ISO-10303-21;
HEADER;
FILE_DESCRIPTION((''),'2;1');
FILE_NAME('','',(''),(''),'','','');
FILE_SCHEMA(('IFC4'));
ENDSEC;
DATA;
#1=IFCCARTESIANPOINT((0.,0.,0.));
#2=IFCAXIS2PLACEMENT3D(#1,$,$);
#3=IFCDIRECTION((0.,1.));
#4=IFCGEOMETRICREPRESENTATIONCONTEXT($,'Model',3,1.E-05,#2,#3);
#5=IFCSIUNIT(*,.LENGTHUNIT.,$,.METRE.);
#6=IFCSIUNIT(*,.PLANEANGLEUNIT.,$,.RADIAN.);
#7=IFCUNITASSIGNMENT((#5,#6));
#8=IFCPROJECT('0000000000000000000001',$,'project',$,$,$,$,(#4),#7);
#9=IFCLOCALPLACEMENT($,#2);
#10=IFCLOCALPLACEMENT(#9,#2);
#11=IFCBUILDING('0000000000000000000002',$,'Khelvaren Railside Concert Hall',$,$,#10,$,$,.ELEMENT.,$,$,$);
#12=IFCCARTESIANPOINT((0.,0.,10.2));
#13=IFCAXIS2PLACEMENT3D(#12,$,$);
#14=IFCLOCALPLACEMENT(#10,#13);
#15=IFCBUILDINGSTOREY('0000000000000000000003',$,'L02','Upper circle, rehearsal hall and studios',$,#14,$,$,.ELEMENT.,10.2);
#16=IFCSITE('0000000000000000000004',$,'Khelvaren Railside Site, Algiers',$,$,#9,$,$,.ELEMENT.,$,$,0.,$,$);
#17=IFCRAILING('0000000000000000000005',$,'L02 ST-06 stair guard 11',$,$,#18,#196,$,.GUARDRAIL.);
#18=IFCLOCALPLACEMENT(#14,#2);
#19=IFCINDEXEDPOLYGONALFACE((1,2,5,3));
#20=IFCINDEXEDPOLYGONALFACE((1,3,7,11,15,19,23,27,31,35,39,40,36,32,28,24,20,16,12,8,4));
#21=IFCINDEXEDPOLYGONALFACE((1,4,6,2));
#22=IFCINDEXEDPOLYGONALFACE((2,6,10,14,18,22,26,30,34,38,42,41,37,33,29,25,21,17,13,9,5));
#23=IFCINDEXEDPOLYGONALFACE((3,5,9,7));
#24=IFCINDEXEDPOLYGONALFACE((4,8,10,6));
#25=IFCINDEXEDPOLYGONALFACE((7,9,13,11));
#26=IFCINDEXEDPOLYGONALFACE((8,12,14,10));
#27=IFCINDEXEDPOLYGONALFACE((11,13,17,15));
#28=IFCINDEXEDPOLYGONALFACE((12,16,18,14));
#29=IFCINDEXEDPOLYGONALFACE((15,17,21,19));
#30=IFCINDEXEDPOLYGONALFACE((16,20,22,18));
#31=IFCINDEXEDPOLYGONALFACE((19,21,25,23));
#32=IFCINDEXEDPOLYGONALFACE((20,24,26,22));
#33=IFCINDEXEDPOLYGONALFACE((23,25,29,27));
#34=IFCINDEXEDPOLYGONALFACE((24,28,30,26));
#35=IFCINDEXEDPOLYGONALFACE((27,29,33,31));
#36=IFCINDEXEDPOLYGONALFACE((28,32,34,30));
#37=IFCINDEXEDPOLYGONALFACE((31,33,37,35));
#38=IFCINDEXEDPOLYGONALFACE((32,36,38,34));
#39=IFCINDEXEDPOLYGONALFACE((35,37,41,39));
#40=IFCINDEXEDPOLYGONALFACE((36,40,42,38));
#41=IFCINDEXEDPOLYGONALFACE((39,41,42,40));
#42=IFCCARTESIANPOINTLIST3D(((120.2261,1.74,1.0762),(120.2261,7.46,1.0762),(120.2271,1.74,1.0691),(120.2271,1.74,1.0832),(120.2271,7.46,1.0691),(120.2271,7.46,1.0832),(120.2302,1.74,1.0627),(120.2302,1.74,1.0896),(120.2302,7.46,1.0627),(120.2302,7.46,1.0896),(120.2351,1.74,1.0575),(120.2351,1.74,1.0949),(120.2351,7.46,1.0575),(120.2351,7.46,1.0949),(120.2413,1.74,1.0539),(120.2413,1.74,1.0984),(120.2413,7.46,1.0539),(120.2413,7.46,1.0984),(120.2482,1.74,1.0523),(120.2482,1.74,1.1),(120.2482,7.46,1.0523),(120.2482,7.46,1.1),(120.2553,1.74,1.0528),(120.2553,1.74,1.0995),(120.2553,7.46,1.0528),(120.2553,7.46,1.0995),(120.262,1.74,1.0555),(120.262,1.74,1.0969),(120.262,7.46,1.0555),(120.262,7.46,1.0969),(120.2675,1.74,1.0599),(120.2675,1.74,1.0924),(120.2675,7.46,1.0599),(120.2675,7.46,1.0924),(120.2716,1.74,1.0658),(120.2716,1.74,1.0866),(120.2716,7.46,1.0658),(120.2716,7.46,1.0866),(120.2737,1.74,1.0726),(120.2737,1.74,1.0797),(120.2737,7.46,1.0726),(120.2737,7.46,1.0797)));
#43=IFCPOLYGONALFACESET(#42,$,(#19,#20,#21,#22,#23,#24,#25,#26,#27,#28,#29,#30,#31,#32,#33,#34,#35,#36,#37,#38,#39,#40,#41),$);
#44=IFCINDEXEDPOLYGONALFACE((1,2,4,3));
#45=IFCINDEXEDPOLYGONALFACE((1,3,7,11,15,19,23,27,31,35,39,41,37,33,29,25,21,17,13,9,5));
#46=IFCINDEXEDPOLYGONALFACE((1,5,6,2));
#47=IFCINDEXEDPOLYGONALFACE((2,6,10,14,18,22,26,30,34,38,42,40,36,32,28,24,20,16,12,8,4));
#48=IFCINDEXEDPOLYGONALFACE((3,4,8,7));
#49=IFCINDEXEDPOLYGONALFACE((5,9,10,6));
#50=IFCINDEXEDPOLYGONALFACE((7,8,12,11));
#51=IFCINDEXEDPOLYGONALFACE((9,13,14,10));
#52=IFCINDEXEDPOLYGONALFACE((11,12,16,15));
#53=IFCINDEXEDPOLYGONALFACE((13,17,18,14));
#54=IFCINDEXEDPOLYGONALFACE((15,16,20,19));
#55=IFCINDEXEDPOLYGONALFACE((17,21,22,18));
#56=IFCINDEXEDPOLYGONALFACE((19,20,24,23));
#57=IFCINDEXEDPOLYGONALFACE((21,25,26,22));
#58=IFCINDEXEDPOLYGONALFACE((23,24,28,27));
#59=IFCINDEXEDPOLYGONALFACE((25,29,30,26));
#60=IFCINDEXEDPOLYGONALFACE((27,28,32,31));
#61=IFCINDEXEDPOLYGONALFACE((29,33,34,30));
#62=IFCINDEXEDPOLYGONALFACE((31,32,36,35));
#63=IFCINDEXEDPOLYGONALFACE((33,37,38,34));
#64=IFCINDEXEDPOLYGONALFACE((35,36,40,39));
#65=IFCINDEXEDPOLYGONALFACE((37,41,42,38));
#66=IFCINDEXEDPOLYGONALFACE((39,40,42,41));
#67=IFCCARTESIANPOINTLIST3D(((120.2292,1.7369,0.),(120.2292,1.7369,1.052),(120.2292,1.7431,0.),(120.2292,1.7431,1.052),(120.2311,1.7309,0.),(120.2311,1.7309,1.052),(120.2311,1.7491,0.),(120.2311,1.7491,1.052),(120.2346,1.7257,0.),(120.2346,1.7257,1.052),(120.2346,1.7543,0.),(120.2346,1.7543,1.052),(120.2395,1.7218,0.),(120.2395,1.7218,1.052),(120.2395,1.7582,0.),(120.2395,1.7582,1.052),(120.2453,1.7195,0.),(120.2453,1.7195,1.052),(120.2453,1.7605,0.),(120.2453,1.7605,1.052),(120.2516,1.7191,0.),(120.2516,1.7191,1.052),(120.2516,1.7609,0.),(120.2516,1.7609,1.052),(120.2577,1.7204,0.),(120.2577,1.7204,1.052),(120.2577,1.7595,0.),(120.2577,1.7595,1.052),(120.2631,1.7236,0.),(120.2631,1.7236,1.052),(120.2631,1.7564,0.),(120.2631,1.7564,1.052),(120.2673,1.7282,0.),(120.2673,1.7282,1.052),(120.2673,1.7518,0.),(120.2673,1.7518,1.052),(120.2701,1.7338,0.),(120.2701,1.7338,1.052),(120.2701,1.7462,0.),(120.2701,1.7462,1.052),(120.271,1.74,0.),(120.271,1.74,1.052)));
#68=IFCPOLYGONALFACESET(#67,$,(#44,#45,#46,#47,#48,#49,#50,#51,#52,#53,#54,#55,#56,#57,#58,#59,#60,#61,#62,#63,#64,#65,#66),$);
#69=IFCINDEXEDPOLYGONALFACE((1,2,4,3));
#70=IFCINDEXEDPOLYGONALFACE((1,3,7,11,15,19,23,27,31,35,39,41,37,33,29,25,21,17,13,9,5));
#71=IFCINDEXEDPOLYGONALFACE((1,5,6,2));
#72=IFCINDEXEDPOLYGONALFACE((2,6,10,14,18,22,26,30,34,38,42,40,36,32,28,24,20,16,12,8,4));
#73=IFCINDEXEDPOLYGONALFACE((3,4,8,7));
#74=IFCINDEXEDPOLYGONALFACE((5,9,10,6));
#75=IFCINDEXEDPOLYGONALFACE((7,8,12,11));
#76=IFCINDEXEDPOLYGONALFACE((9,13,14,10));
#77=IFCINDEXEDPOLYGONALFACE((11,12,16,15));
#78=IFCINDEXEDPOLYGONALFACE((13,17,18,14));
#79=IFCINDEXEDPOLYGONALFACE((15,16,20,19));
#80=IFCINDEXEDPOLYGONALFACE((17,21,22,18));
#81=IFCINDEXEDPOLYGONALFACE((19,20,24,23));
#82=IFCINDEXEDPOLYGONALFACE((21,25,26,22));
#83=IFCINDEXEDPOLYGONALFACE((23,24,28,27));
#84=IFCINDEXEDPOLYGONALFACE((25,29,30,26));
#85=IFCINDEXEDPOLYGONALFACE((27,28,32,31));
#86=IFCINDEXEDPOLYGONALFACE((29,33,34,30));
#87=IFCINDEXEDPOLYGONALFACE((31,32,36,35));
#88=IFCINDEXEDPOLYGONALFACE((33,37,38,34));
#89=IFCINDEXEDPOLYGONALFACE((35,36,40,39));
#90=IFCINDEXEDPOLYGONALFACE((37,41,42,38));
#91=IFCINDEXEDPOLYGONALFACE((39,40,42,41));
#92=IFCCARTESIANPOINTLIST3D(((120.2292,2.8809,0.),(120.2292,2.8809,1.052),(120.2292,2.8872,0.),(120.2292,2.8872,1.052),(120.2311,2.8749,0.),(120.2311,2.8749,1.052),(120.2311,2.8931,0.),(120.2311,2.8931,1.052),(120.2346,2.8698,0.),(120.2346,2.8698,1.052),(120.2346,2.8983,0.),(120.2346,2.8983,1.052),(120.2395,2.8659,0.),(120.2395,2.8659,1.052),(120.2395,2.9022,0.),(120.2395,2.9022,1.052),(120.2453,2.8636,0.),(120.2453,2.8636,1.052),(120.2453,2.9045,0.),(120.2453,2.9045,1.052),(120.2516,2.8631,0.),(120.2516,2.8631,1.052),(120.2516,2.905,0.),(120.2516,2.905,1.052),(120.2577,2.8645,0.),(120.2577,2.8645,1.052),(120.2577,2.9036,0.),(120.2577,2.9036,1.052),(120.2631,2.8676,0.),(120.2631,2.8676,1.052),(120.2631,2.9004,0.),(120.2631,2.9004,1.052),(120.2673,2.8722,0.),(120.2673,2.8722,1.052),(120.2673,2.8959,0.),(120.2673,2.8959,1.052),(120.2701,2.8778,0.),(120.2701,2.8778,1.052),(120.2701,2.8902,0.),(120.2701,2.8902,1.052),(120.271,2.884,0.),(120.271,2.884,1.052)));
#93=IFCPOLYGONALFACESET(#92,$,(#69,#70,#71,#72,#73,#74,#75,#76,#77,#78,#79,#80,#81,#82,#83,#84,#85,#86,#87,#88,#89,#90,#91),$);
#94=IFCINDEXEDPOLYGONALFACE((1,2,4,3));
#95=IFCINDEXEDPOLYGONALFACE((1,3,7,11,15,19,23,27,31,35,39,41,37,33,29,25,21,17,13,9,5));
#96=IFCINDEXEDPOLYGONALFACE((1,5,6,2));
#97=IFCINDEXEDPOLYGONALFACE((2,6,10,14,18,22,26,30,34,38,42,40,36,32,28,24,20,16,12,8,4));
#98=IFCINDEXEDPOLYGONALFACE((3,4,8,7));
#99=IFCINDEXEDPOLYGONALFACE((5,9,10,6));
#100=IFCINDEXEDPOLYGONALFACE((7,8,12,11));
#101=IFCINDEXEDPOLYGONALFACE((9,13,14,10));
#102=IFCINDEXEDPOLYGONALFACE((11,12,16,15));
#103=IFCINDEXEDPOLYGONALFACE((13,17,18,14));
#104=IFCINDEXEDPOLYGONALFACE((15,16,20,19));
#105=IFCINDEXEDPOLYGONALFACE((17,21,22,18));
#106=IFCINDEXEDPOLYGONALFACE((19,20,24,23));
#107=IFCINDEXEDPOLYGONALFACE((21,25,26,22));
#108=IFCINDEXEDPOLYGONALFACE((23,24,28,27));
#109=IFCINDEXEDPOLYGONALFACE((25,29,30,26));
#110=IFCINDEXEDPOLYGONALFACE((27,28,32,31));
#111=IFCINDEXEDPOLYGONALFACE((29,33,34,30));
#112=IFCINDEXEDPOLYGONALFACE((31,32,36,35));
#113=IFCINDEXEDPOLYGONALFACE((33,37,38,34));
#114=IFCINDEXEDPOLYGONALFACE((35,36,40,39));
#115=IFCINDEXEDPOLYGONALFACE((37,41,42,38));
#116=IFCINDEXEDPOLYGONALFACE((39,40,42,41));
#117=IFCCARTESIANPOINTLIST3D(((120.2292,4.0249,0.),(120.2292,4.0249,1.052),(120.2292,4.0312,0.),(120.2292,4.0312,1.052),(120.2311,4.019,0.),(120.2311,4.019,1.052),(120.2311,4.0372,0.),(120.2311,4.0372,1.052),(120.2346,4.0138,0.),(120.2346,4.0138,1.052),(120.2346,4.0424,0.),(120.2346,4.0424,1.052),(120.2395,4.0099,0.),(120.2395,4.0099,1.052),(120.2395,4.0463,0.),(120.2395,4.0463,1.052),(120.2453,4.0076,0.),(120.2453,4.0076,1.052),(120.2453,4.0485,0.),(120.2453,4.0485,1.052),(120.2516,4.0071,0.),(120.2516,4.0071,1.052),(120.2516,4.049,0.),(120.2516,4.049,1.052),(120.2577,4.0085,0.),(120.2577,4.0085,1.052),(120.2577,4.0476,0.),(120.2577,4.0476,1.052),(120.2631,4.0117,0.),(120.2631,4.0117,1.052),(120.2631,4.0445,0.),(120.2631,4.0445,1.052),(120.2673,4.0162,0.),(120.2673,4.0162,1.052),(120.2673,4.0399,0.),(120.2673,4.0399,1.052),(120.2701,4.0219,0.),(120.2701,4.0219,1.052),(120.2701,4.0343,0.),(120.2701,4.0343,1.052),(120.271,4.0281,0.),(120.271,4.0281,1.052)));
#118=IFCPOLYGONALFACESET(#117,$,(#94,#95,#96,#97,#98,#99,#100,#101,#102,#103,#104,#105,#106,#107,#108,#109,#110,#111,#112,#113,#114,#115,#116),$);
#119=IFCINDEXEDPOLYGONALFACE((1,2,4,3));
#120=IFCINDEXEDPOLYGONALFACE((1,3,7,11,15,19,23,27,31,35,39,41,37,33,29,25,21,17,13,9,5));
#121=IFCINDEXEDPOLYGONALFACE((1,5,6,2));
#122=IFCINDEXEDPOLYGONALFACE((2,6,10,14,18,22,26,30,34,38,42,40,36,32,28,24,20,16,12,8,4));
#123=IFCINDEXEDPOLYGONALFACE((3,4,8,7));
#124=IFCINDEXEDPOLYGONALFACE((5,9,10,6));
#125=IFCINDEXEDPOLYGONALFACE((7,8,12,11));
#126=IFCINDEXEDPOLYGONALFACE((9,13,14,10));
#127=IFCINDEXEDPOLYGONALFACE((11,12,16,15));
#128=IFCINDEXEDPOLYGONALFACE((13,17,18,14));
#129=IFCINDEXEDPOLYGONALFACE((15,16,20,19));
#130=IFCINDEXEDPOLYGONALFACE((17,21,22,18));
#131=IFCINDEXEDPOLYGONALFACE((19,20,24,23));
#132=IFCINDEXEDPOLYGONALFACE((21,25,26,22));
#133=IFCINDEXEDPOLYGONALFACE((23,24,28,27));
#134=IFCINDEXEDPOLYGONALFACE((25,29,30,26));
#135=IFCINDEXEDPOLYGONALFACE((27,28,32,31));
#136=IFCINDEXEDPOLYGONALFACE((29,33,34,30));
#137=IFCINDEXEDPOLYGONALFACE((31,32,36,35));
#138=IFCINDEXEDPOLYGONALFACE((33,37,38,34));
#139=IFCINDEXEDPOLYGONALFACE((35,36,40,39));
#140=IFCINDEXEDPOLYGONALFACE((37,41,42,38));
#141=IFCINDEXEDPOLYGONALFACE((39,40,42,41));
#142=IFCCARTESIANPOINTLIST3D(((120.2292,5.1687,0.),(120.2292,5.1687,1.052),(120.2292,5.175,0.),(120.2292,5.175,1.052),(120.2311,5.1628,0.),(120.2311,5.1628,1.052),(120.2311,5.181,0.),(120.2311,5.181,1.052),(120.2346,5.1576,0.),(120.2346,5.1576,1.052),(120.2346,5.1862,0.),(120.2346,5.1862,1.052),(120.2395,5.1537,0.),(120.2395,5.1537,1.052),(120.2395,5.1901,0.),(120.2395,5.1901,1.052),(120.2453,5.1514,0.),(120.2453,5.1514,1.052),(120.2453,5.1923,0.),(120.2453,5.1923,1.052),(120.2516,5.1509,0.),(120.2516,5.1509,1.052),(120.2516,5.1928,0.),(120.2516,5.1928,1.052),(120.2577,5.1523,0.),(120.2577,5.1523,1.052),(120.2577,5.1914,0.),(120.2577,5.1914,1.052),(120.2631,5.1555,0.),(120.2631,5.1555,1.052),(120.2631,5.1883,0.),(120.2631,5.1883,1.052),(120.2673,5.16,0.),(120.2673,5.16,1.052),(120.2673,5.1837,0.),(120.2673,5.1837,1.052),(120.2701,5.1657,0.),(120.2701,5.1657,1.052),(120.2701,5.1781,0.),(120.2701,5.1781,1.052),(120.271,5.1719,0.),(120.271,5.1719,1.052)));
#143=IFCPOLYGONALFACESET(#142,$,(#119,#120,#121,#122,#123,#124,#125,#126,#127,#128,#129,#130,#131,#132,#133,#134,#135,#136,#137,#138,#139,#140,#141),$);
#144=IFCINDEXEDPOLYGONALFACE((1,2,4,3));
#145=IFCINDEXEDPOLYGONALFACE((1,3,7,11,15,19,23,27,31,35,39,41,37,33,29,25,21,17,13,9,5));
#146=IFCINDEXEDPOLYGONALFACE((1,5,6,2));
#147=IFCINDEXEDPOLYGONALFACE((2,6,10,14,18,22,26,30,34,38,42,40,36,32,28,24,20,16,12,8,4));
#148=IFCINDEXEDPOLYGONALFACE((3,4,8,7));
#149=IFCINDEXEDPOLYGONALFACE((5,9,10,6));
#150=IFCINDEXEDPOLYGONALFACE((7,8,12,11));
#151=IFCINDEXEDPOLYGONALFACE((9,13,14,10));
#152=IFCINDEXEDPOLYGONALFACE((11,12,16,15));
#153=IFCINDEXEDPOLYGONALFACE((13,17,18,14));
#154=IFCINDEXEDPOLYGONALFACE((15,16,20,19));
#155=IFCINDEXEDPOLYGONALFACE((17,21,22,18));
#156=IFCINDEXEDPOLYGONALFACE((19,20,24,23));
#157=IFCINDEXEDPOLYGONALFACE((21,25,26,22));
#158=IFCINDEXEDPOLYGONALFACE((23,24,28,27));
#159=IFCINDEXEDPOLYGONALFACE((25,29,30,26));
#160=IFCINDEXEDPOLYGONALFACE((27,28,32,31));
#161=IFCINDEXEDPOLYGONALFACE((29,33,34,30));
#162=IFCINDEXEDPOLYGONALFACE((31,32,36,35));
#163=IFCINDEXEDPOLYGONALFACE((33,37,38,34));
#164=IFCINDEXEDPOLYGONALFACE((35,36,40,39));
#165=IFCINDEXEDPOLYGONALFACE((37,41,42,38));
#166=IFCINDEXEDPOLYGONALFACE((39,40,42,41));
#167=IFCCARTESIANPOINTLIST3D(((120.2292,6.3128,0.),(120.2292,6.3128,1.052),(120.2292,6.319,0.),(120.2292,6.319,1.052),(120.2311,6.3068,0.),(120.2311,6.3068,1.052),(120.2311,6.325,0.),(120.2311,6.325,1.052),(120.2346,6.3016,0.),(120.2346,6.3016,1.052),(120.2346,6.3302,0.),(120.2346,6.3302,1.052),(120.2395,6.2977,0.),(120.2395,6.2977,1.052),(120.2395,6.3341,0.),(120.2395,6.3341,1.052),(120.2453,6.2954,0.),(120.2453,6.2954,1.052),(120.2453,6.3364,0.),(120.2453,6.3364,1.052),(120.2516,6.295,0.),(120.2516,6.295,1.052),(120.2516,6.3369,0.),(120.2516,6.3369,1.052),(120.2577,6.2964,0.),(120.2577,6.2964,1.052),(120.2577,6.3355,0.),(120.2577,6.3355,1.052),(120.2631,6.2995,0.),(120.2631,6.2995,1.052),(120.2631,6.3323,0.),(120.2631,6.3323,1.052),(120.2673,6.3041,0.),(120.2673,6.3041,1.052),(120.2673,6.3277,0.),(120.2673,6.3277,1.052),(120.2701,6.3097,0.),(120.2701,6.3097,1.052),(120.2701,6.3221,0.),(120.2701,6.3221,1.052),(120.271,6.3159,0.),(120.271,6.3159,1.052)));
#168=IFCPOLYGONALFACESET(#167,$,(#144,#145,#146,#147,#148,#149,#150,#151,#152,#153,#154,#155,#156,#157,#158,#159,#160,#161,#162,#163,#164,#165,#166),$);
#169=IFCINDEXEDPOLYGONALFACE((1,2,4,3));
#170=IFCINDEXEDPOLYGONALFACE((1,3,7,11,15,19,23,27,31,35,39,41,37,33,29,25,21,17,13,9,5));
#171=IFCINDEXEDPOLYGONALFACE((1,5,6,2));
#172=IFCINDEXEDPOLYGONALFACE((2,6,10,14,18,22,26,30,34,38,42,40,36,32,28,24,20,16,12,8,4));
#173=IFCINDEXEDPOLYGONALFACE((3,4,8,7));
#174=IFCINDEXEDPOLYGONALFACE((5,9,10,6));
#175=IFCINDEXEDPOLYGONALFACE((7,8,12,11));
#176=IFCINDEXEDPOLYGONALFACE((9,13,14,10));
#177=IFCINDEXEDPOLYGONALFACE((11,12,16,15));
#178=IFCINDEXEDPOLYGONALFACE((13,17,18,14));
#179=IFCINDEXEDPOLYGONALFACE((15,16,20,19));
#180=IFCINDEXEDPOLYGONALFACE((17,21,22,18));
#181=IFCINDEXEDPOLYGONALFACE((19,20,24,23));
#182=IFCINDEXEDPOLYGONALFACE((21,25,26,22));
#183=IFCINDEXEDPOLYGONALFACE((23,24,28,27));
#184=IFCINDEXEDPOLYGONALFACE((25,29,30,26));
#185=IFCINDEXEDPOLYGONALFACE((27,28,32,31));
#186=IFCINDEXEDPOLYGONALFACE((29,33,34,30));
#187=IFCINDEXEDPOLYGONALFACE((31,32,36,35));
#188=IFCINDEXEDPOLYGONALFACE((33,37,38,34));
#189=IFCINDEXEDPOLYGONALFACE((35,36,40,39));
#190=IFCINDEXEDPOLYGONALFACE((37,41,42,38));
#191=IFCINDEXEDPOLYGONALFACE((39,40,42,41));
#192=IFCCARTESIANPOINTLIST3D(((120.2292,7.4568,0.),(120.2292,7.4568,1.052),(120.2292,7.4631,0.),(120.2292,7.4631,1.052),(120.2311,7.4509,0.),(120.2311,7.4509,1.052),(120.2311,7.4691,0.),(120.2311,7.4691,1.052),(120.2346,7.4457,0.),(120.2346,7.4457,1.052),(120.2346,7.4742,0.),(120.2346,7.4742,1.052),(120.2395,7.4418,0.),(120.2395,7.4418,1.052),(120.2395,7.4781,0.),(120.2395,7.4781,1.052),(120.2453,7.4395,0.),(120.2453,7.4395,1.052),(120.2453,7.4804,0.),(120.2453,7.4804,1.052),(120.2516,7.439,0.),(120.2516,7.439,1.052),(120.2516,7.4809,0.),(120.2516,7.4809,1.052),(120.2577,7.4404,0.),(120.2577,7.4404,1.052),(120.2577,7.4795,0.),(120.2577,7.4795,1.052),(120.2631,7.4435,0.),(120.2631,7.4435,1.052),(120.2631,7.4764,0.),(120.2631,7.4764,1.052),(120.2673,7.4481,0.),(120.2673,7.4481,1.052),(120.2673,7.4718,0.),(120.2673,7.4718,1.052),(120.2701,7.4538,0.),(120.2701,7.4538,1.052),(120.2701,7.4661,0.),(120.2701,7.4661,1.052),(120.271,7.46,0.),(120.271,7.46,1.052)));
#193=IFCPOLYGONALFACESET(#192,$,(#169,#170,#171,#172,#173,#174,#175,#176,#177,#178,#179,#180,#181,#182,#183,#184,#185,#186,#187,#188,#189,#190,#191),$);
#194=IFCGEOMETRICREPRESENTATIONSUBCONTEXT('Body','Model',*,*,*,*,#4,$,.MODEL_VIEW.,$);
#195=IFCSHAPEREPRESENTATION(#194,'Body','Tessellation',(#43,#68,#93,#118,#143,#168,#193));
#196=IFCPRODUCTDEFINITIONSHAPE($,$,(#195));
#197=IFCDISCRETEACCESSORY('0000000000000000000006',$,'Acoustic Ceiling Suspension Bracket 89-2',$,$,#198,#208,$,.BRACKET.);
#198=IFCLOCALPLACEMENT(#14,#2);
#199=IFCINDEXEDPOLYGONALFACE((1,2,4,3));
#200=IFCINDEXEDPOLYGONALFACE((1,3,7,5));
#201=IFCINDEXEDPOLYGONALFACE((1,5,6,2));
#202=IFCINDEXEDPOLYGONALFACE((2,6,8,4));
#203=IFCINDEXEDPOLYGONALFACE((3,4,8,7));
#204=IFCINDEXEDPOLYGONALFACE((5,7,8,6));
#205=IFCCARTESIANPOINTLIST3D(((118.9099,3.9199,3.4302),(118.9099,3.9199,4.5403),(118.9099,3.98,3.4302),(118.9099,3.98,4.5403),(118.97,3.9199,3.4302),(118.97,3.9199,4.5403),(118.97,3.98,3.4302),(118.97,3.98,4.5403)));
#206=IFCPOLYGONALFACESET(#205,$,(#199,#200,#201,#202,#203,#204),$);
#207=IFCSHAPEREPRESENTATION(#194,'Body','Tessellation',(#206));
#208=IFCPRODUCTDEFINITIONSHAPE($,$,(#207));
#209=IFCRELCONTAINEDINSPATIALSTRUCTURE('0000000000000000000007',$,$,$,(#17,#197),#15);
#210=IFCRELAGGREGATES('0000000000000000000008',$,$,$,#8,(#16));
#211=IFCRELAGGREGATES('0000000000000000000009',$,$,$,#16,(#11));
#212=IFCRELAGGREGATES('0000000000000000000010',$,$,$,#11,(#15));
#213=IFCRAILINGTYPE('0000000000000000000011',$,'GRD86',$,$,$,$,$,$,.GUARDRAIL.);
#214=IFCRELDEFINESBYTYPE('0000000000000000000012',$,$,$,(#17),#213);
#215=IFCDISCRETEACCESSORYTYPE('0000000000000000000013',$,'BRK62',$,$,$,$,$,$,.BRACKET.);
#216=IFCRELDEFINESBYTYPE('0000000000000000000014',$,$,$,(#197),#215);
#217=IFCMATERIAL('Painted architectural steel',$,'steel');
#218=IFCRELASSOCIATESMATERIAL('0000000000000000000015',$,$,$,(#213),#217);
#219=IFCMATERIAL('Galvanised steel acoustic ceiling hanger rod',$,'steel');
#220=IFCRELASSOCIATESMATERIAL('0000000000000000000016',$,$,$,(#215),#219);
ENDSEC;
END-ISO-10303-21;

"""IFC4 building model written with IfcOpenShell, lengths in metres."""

from ifc_helpers import new_model, si_unit, direction, frame, origin, origin_2d, place, context, subcontext, project, spatial, rectangle, circle, extrude, material, type_object, element, save


model = new_model("IFC4")

# Units and contexts
model_context = context("Model", 3, precision=1e-05, world=origin(), true_north=direction((0.0, 1.0)))
body_context = subcontext(model_context, "Body", "Model", "MODEL_VIEW")
ifc_project = project(units=[si_unit("LENGTHUNIT", "METRE"), si_unit("PLANEANGLEUNIT", "RADIAN")], contexts=[model_context])

# Site, building, storey
site_placement = place(None, origin())
site = spatial("IfcSite", under=ifc_project, at=site_placement, Name="Khelvaren Railside Site, Algiers", CompositionType="ELEMENT", RefElevation=0.0)
building_placement = place(site_placement, origin())
building = spatial("IfcBuilding", under=site, at=building_placement, Name="Khelvaren Railside Concert Hall", CompositionType="ELEMENT")
storey_placement = place(building_placement, frame((0.0, 0.0, 10.2)))
storey = spatial("IfcBuildingStorey", under=building, at=storey_placement, Name="L02", Description="Upper circle, rehearsal hall and studios", CompositionType="ELEMENT", Elevation=10.2)

# Railing
ifc_material_1 = material(Name="Painted architectural steel", Category="steel")
railing_type = type_object("IfcRailingType", Name="GRD86", PredefinedType="GUARDRAIL", material=ifc_material_1)
railing_placement = place(storey_placement, frame((120.25, 1.74, 0.0)))
element("IfcRailing", 1, at=railing_placement, inside=storey, type_object=railing_type, Name="L02 ST-06 stair guard 11", PredefinedType="GUARDRAIL", context=body_context, shape_type="SweptSolid", body=[
    extrude(circle(Radius=0.0239, at=origin_2d()), frame((0.0, 0.0, 1.0762), z_axis=(0.0, 1.0, 0.0), x_axis=(-1.0, 0.0, 0.0)), (0.0, 0.0, 1.0), 5.72),
    extrude(circle(Radius=0.021, at=origin_2d()), origin(), (0.0, 0.0, 1.0), 1.052),
    extrude(circle(Radius=0.021, at=origin_2d()), frame((0.0, 1.144, 0.0)), (0.0, 0.0, 1.0), 1.052),
    extrude(circle(Radius=0.021, at=origin_2d()), frame((0.0, 2.2881, 0.0)), (0.0, 0.0, 1.0), 1.052),
    extrude(circle(Radius=0.021, at=origin_2d()), frame((0.0, 3.4319, 0.0)), (0.0, 0.0, 1.0), 1.052),
    extrude(circle(Radius=0.021, at=origin_2d()), frame((0.0, 4.5759, 0.0)), (0.0, 0.0, 1.0), 1.052),
    extrude(circle(Radius=0.021, at=origin_2d()), frame((0.0, 5.72, 0.0)), (0.0, 0.0, 1.0), 1.052),
])

# Discrete accessory
ifc_material_2 = material(Name="Galvanised steel acoustic ceiling hanger rod", Category="steel")
discrete_accessory_type = type_object("IfcDiscreteAccessoryType", Name="BRK62", PredefinedType="BRACKET", material=ifc_material_2)
discrete_accessory_placement = place(storey_placement, frame((118.9399, 3.95, 3.4302), z_axis=(0.0, 0.0, 1.0), x_axis=(1.0, 0.0, 0.0)))
element("IfcDiscreteAccessory", 2, at=discrete_accessory_placement, inside=storey, type_object=discrete_accessory_type, Name="Acoustic Ceiling Suspension Bracket 89-2", PredefinedType="BRACKET", context=body_context, shape_type="SweptSolid", body=[
    extrude(rectangle(XDim=0.0601, YDim=0.0601, at=origin_2d()), origin(), (0.0, 0.0, 1.0), 1.1101),
])

save(model, "model.ifc")
